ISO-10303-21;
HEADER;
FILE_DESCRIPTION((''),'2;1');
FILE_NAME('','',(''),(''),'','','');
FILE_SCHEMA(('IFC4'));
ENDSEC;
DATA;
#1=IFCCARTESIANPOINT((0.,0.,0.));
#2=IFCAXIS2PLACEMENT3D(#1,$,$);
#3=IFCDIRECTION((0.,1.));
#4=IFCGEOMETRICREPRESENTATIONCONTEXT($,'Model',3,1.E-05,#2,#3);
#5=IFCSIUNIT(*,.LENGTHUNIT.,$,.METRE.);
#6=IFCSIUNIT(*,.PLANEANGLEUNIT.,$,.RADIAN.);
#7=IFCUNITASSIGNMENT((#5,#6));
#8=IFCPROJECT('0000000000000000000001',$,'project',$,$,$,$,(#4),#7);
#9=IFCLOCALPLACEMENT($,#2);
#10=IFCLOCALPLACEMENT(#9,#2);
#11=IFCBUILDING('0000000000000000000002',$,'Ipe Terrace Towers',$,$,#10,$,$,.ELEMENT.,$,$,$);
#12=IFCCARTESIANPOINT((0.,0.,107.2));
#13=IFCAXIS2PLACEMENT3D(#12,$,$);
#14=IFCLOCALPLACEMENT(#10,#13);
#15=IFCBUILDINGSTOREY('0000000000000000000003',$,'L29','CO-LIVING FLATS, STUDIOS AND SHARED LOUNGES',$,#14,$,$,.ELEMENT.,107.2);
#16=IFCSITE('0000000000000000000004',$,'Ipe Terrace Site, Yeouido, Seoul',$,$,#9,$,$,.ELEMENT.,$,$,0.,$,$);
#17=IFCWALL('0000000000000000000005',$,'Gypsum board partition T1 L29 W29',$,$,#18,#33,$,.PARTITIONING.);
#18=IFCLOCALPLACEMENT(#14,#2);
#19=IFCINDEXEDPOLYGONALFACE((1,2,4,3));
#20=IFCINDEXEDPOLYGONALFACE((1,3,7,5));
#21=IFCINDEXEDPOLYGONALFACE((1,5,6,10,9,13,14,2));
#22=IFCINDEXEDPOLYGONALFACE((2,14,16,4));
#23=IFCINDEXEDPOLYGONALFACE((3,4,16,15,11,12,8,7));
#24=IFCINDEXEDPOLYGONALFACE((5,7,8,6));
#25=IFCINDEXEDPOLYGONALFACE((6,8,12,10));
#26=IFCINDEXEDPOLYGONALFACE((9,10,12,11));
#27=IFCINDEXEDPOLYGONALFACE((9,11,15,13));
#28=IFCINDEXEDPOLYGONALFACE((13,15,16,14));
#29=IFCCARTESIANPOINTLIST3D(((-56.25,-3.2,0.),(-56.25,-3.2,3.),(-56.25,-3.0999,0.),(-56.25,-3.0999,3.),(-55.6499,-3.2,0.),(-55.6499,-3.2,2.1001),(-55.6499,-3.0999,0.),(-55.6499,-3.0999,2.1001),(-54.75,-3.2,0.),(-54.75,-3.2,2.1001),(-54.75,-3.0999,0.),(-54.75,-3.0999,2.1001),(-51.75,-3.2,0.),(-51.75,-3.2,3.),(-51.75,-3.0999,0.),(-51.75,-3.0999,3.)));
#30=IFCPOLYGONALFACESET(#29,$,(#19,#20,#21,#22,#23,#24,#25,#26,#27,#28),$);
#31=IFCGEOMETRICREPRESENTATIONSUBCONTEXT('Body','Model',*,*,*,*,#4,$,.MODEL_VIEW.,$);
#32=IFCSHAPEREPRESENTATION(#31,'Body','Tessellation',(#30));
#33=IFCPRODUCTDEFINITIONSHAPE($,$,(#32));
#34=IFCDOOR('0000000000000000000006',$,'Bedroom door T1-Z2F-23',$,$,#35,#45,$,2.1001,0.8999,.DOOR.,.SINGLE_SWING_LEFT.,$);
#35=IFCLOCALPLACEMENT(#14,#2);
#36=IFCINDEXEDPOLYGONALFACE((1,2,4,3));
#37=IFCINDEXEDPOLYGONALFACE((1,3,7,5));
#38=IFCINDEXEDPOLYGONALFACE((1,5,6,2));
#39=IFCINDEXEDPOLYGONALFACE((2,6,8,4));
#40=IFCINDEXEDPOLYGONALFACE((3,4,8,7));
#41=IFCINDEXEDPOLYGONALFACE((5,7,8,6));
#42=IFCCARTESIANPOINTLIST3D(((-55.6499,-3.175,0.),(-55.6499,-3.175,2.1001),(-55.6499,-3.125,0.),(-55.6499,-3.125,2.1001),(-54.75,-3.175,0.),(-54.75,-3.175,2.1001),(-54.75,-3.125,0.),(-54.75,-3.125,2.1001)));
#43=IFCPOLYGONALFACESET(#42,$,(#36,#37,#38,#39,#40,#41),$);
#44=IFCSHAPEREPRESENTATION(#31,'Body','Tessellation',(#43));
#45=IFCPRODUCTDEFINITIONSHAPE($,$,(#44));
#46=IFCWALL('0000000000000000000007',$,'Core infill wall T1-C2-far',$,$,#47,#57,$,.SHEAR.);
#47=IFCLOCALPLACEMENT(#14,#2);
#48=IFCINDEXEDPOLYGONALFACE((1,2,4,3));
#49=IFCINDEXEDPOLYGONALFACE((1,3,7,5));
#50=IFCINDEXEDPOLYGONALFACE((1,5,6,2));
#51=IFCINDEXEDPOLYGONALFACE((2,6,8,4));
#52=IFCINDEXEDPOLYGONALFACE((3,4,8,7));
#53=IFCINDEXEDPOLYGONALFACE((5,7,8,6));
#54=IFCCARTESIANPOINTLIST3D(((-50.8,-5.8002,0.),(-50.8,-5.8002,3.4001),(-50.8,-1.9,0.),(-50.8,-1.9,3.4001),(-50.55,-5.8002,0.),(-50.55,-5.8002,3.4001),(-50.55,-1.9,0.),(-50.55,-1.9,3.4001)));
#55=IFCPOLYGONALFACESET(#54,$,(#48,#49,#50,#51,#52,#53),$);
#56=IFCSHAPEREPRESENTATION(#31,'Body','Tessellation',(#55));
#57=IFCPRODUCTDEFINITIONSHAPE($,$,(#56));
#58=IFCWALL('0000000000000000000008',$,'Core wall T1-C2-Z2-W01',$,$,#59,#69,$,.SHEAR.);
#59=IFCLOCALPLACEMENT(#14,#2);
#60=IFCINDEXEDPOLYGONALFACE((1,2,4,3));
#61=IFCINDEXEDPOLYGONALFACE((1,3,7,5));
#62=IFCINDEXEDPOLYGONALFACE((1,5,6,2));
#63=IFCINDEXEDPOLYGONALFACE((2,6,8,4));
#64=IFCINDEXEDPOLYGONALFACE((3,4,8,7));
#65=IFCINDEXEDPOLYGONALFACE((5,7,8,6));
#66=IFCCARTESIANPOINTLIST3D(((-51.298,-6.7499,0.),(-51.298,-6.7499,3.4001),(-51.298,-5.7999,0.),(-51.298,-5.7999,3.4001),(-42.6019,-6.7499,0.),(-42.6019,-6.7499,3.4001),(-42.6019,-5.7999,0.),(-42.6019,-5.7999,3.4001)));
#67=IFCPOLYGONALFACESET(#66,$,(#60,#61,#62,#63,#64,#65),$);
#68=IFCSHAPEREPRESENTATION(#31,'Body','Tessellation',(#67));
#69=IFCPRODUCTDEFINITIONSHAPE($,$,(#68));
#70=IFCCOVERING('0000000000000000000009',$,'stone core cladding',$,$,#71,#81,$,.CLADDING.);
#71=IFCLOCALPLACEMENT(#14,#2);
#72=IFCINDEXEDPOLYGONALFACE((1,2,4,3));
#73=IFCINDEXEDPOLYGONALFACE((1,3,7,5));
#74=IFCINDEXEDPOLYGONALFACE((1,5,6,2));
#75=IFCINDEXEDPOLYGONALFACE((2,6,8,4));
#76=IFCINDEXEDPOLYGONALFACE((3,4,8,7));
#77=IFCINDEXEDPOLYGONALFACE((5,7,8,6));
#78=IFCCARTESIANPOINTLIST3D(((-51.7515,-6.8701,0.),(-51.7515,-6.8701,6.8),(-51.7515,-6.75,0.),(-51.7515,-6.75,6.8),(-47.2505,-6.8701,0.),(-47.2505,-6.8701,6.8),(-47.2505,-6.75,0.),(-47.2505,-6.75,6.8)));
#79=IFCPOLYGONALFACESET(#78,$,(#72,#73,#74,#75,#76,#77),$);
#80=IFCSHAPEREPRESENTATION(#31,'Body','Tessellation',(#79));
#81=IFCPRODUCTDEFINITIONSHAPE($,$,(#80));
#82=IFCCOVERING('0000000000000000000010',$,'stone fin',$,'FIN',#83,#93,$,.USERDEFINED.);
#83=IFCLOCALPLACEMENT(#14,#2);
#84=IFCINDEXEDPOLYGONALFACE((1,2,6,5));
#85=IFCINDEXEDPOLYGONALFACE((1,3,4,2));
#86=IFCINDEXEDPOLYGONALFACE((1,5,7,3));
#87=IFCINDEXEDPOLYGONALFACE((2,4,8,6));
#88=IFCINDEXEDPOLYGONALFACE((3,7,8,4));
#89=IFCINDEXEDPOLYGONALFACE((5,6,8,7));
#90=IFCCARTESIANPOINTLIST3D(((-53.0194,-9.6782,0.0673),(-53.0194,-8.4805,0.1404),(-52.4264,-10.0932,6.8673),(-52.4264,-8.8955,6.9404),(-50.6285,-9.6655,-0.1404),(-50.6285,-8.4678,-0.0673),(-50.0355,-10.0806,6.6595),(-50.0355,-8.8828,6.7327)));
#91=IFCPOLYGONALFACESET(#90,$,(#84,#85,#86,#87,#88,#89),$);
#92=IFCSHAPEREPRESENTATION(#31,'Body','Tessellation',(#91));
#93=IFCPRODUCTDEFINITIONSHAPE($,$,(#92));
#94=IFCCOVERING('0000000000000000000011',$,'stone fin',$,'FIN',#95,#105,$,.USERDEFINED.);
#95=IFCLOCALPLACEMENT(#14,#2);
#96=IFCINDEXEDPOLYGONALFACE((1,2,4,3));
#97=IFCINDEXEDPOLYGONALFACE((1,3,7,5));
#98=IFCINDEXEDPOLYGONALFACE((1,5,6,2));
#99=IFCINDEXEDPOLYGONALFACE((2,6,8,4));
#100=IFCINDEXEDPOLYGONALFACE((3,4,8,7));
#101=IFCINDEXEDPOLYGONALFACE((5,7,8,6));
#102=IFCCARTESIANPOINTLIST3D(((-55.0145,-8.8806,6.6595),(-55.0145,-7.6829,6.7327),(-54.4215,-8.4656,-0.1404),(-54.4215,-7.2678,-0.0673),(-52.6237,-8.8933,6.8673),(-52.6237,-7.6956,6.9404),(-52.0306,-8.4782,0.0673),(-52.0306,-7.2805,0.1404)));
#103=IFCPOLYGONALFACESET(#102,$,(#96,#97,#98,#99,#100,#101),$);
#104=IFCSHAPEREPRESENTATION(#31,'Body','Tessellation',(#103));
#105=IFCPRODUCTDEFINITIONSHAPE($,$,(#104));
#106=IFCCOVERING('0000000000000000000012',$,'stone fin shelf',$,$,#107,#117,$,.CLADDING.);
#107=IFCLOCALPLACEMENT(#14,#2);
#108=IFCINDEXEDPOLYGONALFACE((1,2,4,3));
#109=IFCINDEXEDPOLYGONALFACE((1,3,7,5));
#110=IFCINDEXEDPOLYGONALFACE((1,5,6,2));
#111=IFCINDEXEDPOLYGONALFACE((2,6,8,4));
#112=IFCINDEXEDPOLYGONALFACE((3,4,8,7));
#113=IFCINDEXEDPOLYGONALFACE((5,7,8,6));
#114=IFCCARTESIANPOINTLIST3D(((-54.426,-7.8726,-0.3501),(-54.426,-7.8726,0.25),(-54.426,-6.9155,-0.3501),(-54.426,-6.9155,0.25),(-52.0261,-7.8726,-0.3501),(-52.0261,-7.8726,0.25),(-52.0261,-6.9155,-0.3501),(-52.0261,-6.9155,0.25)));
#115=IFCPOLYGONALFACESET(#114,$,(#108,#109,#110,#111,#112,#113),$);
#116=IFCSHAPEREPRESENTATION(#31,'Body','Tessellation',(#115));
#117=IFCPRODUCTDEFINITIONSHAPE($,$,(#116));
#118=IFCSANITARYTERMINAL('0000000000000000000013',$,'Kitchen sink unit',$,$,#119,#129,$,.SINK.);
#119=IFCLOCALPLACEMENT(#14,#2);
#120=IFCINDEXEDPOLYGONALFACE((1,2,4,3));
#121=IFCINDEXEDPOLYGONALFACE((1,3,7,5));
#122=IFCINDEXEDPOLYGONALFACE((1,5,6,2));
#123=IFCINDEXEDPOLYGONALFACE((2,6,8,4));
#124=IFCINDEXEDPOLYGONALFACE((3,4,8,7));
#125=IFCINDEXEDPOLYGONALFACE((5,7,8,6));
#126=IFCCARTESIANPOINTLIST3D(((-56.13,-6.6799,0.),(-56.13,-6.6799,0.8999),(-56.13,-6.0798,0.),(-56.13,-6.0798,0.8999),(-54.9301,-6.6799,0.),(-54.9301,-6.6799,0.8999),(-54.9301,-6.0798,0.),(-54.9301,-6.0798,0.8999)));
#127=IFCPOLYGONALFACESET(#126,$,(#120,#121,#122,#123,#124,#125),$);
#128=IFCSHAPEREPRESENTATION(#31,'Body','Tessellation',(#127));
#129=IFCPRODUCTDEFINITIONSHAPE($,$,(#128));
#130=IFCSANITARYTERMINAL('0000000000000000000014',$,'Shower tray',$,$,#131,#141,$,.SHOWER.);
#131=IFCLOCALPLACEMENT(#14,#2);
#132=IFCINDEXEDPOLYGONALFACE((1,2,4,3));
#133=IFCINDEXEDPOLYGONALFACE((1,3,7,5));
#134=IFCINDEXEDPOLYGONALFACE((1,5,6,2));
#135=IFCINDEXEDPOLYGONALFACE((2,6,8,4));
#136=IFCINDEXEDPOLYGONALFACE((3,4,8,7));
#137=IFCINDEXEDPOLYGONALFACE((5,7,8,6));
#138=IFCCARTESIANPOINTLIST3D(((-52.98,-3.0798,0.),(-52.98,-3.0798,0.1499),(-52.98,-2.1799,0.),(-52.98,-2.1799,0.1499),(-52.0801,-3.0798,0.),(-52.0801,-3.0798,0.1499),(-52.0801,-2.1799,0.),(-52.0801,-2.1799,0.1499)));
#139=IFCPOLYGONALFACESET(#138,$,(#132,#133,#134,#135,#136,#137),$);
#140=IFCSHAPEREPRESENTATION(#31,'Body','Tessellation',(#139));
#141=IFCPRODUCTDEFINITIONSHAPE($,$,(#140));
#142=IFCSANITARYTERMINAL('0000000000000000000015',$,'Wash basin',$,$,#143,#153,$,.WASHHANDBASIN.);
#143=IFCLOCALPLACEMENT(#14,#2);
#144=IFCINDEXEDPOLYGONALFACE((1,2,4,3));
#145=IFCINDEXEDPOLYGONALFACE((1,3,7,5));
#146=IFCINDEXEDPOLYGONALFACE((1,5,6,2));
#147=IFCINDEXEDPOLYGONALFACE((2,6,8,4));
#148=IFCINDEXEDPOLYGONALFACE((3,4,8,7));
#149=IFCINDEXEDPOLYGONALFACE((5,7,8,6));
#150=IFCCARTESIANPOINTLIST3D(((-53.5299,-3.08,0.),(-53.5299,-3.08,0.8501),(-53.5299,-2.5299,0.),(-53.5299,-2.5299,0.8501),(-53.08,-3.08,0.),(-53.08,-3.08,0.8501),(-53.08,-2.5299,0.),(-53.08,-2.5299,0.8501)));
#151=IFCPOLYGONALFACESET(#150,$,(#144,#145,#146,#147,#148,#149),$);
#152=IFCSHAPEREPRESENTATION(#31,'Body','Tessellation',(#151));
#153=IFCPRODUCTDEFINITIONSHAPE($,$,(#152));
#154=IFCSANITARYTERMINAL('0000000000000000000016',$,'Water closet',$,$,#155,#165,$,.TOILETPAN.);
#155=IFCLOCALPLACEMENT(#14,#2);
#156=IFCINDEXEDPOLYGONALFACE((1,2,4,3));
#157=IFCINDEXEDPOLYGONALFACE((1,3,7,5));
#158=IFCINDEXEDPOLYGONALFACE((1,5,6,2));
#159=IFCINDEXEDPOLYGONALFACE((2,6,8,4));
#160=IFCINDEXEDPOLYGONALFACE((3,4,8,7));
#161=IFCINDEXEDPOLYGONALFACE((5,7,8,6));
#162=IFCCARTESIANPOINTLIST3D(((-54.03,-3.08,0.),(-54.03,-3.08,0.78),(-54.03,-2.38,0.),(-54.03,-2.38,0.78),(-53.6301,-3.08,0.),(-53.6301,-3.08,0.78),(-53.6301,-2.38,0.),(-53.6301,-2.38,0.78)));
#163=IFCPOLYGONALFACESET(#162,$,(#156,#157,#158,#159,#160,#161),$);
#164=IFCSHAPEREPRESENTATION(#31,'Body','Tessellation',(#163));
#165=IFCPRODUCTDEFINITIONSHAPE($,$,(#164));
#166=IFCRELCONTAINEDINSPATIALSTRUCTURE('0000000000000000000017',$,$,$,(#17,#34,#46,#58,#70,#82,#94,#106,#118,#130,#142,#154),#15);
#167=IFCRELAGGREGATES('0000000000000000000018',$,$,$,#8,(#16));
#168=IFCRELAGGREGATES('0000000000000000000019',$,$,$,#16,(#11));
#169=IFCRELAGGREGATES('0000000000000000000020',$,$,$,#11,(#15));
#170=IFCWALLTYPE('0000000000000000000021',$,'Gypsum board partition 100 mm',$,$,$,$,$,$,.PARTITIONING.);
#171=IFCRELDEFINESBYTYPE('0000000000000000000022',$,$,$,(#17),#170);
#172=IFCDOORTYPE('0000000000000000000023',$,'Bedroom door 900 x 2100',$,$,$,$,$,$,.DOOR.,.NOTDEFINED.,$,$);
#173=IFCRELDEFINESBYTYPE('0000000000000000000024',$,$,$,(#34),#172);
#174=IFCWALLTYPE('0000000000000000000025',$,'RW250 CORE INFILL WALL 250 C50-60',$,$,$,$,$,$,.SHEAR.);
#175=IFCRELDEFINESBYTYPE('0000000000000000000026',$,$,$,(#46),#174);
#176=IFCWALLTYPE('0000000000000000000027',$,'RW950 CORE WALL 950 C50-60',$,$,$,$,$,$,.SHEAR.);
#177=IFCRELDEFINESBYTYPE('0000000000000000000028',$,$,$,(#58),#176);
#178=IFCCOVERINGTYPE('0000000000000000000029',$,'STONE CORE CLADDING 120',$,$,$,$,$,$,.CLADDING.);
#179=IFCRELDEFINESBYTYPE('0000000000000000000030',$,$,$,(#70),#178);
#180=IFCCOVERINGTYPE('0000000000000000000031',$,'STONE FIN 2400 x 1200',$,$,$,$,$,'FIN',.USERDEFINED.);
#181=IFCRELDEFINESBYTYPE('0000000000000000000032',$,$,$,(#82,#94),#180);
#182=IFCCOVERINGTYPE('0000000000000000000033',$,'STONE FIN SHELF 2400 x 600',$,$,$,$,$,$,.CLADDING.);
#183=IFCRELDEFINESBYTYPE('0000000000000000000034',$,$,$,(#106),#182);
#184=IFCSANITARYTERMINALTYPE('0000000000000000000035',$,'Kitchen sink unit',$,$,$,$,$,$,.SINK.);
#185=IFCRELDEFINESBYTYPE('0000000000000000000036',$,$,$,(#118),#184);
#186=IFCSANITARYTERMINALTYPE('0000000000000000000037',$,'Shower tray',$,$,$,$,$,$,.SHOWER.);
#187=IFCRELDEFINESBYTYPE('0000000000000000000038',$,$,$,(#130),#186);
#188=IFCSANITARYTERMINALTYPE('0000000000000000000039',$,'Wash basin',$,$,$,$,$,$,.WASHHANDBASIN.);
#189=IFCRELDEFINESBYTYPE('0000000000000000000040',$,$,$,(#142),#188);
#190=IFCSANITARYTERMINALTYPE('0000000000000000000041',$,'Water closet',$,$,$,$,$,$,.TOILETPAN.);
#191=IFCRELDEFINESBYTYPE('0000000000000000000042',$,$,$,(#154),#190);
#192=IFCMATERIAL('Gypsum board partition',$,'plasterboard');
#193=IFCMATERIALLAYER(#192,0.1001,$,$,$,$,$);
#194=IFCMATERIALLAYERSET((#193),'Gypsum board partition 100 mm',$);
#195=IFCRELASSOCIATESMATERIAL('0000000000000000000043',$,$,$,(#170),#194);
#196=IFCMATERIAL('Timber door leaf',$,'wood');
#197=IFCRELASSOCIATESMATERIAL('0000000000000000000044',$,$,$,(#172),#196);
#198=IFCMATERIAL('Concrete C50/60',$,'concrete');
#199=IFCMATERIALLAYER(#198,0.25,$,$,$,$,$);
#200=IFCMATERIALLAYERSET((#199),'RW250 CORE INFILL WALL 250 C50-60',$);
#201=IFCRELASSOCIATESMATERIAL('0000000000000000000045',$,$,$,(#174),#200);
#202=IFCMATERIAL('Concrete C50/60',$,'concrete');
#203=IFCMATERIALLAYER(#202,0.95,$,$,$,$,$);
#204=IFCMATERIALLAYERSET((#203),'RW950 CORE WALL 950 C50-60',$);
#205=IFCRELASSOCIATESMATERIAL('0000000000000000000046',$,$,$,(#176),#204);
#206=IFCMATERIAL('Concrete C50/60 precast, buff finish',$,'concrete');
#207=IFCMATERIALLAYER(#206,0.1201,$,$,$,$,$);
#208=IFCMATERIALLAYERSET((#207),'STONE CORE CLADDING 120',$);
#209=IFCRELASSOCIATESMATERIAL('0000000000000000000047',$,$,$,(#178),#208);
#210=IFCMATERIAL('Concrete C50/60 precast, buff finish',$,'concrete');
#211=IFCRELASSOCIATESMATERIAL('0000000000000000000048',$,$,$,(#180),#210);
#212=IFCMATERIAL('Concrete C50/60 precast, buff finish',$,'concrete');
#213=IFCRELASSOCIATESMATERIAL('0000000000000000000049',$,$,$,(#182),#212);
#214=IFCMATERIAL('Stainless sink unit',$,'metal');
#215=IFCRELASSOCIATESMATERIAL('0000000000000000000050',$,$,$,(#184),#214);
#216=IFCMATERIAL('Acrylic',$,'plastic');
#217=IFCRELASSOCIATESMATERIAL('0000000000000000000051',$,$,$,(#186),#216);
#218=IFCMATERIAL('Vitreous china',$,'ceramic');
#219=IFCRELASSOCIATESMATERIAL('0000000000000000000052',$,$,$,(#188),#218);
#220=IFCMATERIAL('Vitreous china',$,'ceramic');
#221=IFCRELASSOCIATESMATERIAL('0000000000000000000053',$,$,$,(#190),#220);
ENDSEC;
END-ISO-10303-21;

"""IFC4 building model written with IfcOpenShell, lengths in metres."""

from ifc_helpers import new_model, si_unit, direction, frame, frame_2d, origin, origin_2d, place, context, subcontext, project, spatial, rectangle, extrude, material, layer, layer_set, material_profile, profile_set, type_object, element, fill, save


model = new_model("IFC4")

# Units and contexts
model_context = context("Model", 3, precision=1e-05, world=origin(), true_north=direction((0.0, 1.0)))
body_context = subcontext(model_context, "Body", "Model", "MODEL_VIEW")
ifc_project = project(units=[si_unit("LENGTHUNIT", "METRE"), si_unit("PLANEANGLEUNIT", "RADIAN")], contexts=[model_context])

# Site, building, storey
site_placement = place(None, origin())
site = spatial("IfcSite", under=ifc_project, at=site_placement, Name="Ipe Terrace Site, Yeouido, Seoul", CompositionType="ELEMENT", RefElevation=0.0)
building_placement = place(site_placement, origin())
building = spatial("IfcBuilding", under=site, at=building_placement, Name="Ipe Terrace Towers", CompositionType="ELEMENT")
storey_placement = place(building_placement, frame((0.0, 0.0, 107.2)))
storey = spatial("IfcBuildingStorey", under=building, at=storey_placement, Name="L29", Description="CO-LIVING FLATS, STUDIOS AND SHARED LOUNGES", CompositionType="ELEMENT", Elevation=107.2)

# Wall, opening, door
ifc_material_1 = material(Name="Gypsum board partition", Category="plasterboard")
ifc_layer_1 = layer(ifc_material_1, 0.1001)
ifc_layer_set_1 = layer_set([ifc_layer_1], Name="Gypsum board partition 100 mm")
wall_type_1 = type_object("IfcWallType", Name="Gypsum board partition 100 mm", PredefinedType="PARTITIONING", material=ifc_layer_set_1)
wall_1_placement = place(storey_placement, frame((-56.25, -3.1499, 0.0), z_axis=(0.0, 0.0, 1.0), x_axis=(1.0, 0.0, 0.0)))
wall_1 = element("IfcWall", 1, at=wall_1_placement, inside=storey, type_object=wall_type_1, Name="Gypsum board partition T1 L29 W29", PredefinedType="PARTITIONING", context=body_context, shape_type="SweptSolid", body=[
    extrude(rectangle(XDim=4.5, YDim=0.1001, at=frame_2d((2.25, 0.0))), origin(), (0.0, 0.0, 1.0), 3.0),
])
opening_1_placement = place(wall_1_placement, frame((0.6001, 0.0, 0.0)))
opening_1 = element("IfcOpeningElement", 2, at=opening_1_placement, cuts=wall_1, PredefinedType="OPENING", context=body_context, shape_type="SweptSolid", body=[
    extrude(rectangle(XDim=0.8999, YDim=2.1001, at=frame_2d((0.45, 1.05))), frame((0.0, 0.0601, 0.0), z_axis=(0.0, -1.0, 0.0), x_axis=(1.0, 0.0, 0.0)), (0.0, 0.0, 1.0), 0.1201),
])
ifc_material_2 = material(Name="Timber door leaf", Category="wood")
door_type_1 = type_object("IfcDoorType", Name="Bedroom door 900 x 2100", OperationType="NOTDEFINED", PredefinedType="DOOR", material=ifc_material_2)
door_1_placement = place(opening_1_placement, origin())
door_1 = element("IfcDoor", 3, at=door_1_placement, inside=storey, type_object=door_type_1, Name="Bedroom door T1-Z2F-23", OperationType="SINGLE_SWING_LEFT", OverallHeight=2.1001, OverallWidth=0.8999, PredefinedType="DOOR", context=body_context, shape_type="SweptSolid", body=[
    extrude(rectangle(XDim=0.8999, YDim=2.1001, at=frame_2d((0.45, 1.05))), frame((0.0, 0.0249, 0.0), z_axis=(0.0, -1.0, 0.0), x_axis=(1.0, 0.0, 0.0)), (0.0, 0.0, 1.0), 0.05),
])
fill(opening_1, door_1)

# Walls
ifc_material_3 = material(Name="Concrete C50/60", Category="concrete")
ifc_layer_2 = layer(ifc_material_3, 0.25)
ifc_layer_set_2 = layer_set([ifc_layer_2], Name="RW250 CORE INFILL WALL 250 C50-60")
wall_type_2 = type_object("IfcWallType", Name="RW250 CORE INFILL WALL 250 C50-60", PredefinedType="SHEAR", material=ifc_layer_set_2)
wall_2_placement = place(storey_placement, frame((-50.675, -1.8999, 0.0), z_axis=(0.0, 0.0, 1.0), x_axis=(0.0, -1.0, 0.0)))
element("IfcWall", 4, at=wall_2_placement, inside=storey, type_object=wall_type_2, Name="Core infill wall T1-C2-far", PredefinedType="SHEAR", context=body_context, shape_type="SweptSolid", body=[
    extrude(rectangle(XDim=3.9001, YDim=0.25, at=frame_2d((1.9502, 0.0))), origin(), (0.0, 0.0, 1.0), 3.4001),
])
ifc_material_4 = material(Name="Concrete C50/60", Category="concrete")
ifc_layer_3 = layer(ifc_material_4, 0.95)
ifc_layer_set_3 = layer_set([ifc_layer_3], Name="RW950 CORE WALL 950 C50-60")
wall_type_3 = type_object("IfcWallType", Name="RW950 CORE WALL 950 C50-60", PredefinedType="SHEAR", material=ifc_layer_set_3)
wall_3_placement = place(storey_placement, frame((-51.2981, -6.2749, 0.0), z_axis=(0.0, 0.0, 1.0), x_axis=(1.0, 0.0, 0.0)))
element("IfcWall", 5, at=wall_3_placement, inside=storey, type_object=wall_type_3, Name="Core wall T1-C2-Z2-W01", PredefinedType="SHEAR", context=body_context, shape_type="SweptSolid", body=[
    extrude(rectangle(XDim=8.696, YDim=0.95, at=frame_2d((4.3481, 0.0))), origin(), (0.0, 0.0, 1.0), 3.4001),
])

# Coverings
ifc_material_5 = material(Name="Concrete C50/60 precast, buff finish", Category="concrete")
ifc_layer_4 = layer(ifc_material_5, 0.1201)
ifc_layer_set_4 = layer_set([ifc_layer_4], Name="STONE CORE CLADDING 120")
covering_type_1 = type_object("IfcCoveringType", Name="STONE CORE CLADDING 120", PredefinedType="CLADDING", material=ifc_layer_set_4)
covering_1_placement = place(storey_placement, frame((-49.501, -6.8101, 0.0), z_axis=(0.0, 0.0, 1.0), x_axis=(1.0, 0.0, 0.0)))
element("IfcCovering", 6, at=covering_1_placement, inside=storey, type_object=covering_type_1, Name="stone core cladding", PredefinedType="CLADDING", context=body_context, shape_type="SweptSolid", body=[
    extrude(rectangle(XDim=4.501, YDim=0.1201, at=origin_2d()), origin(), (0.0, 0.0, 1.0), 6.8),
])
ifc_material_6 = material(Name="Concrete C50/60 precast, buff finish", Category="concrete")
ifc_material_profile_1 = material_profile(ifc_material_6, rectangle(XDim=2.3999, YDim=1.2, at=origin_2d()), Name="STONE FIN 2400 x 1200")
ifc_profile_set_1 = profile_set([ifc_material_profile_1], Name="Concrete C50/60 precast, buff finish")
covering_type_2 = type_object("IfcCoveringType", Name="STONE FIN 2400 x 1200", ElementType="FIN", PredefinedType="USERDEFINED", material=ifc_profile_set_1)
for number, where, z_axis, x_axis, name in (
    (7, (-51.824, -9.073, 0.0), (0.086718, -0.060692, 0.994382), (0.996233, 0.005283, -0.086557), "stone fin"),
    (8, (-53.2261, -7.873, 0.0), (-0.086718, -0.060692, 0.994382), (0.996233, -0.005283, 0.086557), "stone fin"),
):
    element("IfcCovering", number, at=place(storey_placement, frame(where, z_axis=z_axis, x_axis=x_axis)), inside=storey, type_object=covering_type_2, Name=name, ObjectType="FIN", PredefinedType="USERDEFINED", context=body_context, shape_type="SweptSolid", body=[
        extrude(rectangle(XDim=2.3999, YDim=1.2, at=origin_2d()), origin(), (0.0, 0.0, 1.0), 6.8384),
    ])
ifc_material_7 = material(Name="Concrete C50/60 precast, buff finish", Category="concrete")
covering_type_3 = type_object("IfcCoveringType", Name="STONE FIN SHELF 2400 x 600", PredefinedType="CLADDING", material=ifc_material_7)
covering_2_placement = place(storey_placement, frame((-53.2261, -7.394, -0.3501), z_axis=(0.0, 0.0, 1.0), x_axis=(1.0, 0.0, 0.0)))
element("IfcCovering", 9, at=covering_2_placement, inside=storey, type_object=covering_type_3, Name="stone fin shelf", PredefinedType="CLADDING", context=body_context, shape_type="SweptSolid", body=[
    extrude(rectangle(XDim=2.3999, YDim=0.957, at=origin_2d()), origin(), (0.0, 0.0, 1.0), 0.6001),
])

# Sanitary terminals
ifc_material_8 = material(Name="Stainless sink unit", Category="metal")
sanitary_terminal_type_1 = type_object("IfcSanitaryTerminalType", Name="Kitchen sink unit", PredefinedType="SINK", material=ifc_material_8)
sanitary_terminal_1_placement = place(storey_placement, frame((-55.53, -6.3799, 0.0), z_axis=(0.0, 0.0, 1.0), x_axis=(-1.0, 0.0, 0.0)))
element("IfcSanitaryTerminal", 10, at=sanitary_terminal_1_placement, inside=storey, type_object=sanitary_terminal_type_1, Name="Kitchen sink unit", PredefinedType="SINK", context=body_context, shape_type="SweptSolid", body=[
    extrude(rectangle(XDim=1.2, YDim=0.6001, at=origin_2d()), origin(), (0.0, 0.0, 1.0), 0.8999),
])
ifc_material_9 = material(Name="Acrylic", Category="plastic")
sanitary_terminal_type_2 = type_object("IfcSanitaryTerminalType", Name="Shower tray", PredefinedType="SHOWER", material=ifc_material_9)
sanitary_terminal_2_placement = place(storey_placement, frame((-52.53, -2.6299, 0.0), z_axis=(0.0, 0.0, 1.0), x_axis=(0.0, 1.0, 0.0)))
element("IfcSanitaryTerminal", 11, at=sanitary_terminal_2_placement, inside=storey, type_object=sanitary_terminal_type_2, Name="Shower tray", PredefinedType="SHOWER", context=body_context, shape_type="SweptSolid", body=[
    extrude(rectangle(XDim=0.8999, YDim=0.8999, at=origin_2d()), origin(), (0.0, 0.0, 1.0), 0.1499),
])
ifc_material_10 = material(Name="Vitreous china", Category="ceramic")
sanitary_terminal_type_3 = type_object("IfcSanitaryTerminalType", Name="Wash basin", PredefinedType="WASHHANDBASIN", material=ifc_material_10)
sanitary_terminal_3_placement = place(storey_placement, frame((-53.3049, -2.8049, 0.0), z_axis=(0.0, 0.0, 1.0), x_axis=(0.0, 1.0, 0.0)))
element("IfcSanitaryTerminal", 12, at=sanitary_terminal_3_placement, inside=storey, type_object=sanitary_terminal_type_3, Name="Wash basin", PredefinedType="WASHHANDBASIN", context=body_context, shape_type="SweptSolid", body=[
    extrude(rectangle(XDim=0.55, YDim=0.45, at=origin_2d()), origin(), (0.0, 0.0, 1.0), 0.8501),
])
ifc_material_11 = material(Name="Vitreous china", Category="ceramic")
sanitary_terminal_type_4 = type_object("IfcSanitaryTerminalType", Name="Water closet", PredefinedType="TOILETPAN", material=ifc_material_11)
sanitary_terminal_4_placement = place(storey_placement, frame((-53.8301, -2.73, 0.0), z_axis=(0.0, 0.0, 1.0), x_axis=(0.0, 1.0, 0.0)))
element("IfcSanitaryTerminal", 13, at=sanitary_terminal_4_placement, inside=storey, type_object=sanitary_terminal_type_4, Name="Water closet", PredefinedType="TOILETPAN", context=body_context, shape_type="SweptSolid", body=[
    extrude(rectangle(XDim=0.7, YDim=0.3999, at=origin_2d()), origin(), (0.0, 0.0, 1.0), 0.78),
])

save(model, "model.ifc")
